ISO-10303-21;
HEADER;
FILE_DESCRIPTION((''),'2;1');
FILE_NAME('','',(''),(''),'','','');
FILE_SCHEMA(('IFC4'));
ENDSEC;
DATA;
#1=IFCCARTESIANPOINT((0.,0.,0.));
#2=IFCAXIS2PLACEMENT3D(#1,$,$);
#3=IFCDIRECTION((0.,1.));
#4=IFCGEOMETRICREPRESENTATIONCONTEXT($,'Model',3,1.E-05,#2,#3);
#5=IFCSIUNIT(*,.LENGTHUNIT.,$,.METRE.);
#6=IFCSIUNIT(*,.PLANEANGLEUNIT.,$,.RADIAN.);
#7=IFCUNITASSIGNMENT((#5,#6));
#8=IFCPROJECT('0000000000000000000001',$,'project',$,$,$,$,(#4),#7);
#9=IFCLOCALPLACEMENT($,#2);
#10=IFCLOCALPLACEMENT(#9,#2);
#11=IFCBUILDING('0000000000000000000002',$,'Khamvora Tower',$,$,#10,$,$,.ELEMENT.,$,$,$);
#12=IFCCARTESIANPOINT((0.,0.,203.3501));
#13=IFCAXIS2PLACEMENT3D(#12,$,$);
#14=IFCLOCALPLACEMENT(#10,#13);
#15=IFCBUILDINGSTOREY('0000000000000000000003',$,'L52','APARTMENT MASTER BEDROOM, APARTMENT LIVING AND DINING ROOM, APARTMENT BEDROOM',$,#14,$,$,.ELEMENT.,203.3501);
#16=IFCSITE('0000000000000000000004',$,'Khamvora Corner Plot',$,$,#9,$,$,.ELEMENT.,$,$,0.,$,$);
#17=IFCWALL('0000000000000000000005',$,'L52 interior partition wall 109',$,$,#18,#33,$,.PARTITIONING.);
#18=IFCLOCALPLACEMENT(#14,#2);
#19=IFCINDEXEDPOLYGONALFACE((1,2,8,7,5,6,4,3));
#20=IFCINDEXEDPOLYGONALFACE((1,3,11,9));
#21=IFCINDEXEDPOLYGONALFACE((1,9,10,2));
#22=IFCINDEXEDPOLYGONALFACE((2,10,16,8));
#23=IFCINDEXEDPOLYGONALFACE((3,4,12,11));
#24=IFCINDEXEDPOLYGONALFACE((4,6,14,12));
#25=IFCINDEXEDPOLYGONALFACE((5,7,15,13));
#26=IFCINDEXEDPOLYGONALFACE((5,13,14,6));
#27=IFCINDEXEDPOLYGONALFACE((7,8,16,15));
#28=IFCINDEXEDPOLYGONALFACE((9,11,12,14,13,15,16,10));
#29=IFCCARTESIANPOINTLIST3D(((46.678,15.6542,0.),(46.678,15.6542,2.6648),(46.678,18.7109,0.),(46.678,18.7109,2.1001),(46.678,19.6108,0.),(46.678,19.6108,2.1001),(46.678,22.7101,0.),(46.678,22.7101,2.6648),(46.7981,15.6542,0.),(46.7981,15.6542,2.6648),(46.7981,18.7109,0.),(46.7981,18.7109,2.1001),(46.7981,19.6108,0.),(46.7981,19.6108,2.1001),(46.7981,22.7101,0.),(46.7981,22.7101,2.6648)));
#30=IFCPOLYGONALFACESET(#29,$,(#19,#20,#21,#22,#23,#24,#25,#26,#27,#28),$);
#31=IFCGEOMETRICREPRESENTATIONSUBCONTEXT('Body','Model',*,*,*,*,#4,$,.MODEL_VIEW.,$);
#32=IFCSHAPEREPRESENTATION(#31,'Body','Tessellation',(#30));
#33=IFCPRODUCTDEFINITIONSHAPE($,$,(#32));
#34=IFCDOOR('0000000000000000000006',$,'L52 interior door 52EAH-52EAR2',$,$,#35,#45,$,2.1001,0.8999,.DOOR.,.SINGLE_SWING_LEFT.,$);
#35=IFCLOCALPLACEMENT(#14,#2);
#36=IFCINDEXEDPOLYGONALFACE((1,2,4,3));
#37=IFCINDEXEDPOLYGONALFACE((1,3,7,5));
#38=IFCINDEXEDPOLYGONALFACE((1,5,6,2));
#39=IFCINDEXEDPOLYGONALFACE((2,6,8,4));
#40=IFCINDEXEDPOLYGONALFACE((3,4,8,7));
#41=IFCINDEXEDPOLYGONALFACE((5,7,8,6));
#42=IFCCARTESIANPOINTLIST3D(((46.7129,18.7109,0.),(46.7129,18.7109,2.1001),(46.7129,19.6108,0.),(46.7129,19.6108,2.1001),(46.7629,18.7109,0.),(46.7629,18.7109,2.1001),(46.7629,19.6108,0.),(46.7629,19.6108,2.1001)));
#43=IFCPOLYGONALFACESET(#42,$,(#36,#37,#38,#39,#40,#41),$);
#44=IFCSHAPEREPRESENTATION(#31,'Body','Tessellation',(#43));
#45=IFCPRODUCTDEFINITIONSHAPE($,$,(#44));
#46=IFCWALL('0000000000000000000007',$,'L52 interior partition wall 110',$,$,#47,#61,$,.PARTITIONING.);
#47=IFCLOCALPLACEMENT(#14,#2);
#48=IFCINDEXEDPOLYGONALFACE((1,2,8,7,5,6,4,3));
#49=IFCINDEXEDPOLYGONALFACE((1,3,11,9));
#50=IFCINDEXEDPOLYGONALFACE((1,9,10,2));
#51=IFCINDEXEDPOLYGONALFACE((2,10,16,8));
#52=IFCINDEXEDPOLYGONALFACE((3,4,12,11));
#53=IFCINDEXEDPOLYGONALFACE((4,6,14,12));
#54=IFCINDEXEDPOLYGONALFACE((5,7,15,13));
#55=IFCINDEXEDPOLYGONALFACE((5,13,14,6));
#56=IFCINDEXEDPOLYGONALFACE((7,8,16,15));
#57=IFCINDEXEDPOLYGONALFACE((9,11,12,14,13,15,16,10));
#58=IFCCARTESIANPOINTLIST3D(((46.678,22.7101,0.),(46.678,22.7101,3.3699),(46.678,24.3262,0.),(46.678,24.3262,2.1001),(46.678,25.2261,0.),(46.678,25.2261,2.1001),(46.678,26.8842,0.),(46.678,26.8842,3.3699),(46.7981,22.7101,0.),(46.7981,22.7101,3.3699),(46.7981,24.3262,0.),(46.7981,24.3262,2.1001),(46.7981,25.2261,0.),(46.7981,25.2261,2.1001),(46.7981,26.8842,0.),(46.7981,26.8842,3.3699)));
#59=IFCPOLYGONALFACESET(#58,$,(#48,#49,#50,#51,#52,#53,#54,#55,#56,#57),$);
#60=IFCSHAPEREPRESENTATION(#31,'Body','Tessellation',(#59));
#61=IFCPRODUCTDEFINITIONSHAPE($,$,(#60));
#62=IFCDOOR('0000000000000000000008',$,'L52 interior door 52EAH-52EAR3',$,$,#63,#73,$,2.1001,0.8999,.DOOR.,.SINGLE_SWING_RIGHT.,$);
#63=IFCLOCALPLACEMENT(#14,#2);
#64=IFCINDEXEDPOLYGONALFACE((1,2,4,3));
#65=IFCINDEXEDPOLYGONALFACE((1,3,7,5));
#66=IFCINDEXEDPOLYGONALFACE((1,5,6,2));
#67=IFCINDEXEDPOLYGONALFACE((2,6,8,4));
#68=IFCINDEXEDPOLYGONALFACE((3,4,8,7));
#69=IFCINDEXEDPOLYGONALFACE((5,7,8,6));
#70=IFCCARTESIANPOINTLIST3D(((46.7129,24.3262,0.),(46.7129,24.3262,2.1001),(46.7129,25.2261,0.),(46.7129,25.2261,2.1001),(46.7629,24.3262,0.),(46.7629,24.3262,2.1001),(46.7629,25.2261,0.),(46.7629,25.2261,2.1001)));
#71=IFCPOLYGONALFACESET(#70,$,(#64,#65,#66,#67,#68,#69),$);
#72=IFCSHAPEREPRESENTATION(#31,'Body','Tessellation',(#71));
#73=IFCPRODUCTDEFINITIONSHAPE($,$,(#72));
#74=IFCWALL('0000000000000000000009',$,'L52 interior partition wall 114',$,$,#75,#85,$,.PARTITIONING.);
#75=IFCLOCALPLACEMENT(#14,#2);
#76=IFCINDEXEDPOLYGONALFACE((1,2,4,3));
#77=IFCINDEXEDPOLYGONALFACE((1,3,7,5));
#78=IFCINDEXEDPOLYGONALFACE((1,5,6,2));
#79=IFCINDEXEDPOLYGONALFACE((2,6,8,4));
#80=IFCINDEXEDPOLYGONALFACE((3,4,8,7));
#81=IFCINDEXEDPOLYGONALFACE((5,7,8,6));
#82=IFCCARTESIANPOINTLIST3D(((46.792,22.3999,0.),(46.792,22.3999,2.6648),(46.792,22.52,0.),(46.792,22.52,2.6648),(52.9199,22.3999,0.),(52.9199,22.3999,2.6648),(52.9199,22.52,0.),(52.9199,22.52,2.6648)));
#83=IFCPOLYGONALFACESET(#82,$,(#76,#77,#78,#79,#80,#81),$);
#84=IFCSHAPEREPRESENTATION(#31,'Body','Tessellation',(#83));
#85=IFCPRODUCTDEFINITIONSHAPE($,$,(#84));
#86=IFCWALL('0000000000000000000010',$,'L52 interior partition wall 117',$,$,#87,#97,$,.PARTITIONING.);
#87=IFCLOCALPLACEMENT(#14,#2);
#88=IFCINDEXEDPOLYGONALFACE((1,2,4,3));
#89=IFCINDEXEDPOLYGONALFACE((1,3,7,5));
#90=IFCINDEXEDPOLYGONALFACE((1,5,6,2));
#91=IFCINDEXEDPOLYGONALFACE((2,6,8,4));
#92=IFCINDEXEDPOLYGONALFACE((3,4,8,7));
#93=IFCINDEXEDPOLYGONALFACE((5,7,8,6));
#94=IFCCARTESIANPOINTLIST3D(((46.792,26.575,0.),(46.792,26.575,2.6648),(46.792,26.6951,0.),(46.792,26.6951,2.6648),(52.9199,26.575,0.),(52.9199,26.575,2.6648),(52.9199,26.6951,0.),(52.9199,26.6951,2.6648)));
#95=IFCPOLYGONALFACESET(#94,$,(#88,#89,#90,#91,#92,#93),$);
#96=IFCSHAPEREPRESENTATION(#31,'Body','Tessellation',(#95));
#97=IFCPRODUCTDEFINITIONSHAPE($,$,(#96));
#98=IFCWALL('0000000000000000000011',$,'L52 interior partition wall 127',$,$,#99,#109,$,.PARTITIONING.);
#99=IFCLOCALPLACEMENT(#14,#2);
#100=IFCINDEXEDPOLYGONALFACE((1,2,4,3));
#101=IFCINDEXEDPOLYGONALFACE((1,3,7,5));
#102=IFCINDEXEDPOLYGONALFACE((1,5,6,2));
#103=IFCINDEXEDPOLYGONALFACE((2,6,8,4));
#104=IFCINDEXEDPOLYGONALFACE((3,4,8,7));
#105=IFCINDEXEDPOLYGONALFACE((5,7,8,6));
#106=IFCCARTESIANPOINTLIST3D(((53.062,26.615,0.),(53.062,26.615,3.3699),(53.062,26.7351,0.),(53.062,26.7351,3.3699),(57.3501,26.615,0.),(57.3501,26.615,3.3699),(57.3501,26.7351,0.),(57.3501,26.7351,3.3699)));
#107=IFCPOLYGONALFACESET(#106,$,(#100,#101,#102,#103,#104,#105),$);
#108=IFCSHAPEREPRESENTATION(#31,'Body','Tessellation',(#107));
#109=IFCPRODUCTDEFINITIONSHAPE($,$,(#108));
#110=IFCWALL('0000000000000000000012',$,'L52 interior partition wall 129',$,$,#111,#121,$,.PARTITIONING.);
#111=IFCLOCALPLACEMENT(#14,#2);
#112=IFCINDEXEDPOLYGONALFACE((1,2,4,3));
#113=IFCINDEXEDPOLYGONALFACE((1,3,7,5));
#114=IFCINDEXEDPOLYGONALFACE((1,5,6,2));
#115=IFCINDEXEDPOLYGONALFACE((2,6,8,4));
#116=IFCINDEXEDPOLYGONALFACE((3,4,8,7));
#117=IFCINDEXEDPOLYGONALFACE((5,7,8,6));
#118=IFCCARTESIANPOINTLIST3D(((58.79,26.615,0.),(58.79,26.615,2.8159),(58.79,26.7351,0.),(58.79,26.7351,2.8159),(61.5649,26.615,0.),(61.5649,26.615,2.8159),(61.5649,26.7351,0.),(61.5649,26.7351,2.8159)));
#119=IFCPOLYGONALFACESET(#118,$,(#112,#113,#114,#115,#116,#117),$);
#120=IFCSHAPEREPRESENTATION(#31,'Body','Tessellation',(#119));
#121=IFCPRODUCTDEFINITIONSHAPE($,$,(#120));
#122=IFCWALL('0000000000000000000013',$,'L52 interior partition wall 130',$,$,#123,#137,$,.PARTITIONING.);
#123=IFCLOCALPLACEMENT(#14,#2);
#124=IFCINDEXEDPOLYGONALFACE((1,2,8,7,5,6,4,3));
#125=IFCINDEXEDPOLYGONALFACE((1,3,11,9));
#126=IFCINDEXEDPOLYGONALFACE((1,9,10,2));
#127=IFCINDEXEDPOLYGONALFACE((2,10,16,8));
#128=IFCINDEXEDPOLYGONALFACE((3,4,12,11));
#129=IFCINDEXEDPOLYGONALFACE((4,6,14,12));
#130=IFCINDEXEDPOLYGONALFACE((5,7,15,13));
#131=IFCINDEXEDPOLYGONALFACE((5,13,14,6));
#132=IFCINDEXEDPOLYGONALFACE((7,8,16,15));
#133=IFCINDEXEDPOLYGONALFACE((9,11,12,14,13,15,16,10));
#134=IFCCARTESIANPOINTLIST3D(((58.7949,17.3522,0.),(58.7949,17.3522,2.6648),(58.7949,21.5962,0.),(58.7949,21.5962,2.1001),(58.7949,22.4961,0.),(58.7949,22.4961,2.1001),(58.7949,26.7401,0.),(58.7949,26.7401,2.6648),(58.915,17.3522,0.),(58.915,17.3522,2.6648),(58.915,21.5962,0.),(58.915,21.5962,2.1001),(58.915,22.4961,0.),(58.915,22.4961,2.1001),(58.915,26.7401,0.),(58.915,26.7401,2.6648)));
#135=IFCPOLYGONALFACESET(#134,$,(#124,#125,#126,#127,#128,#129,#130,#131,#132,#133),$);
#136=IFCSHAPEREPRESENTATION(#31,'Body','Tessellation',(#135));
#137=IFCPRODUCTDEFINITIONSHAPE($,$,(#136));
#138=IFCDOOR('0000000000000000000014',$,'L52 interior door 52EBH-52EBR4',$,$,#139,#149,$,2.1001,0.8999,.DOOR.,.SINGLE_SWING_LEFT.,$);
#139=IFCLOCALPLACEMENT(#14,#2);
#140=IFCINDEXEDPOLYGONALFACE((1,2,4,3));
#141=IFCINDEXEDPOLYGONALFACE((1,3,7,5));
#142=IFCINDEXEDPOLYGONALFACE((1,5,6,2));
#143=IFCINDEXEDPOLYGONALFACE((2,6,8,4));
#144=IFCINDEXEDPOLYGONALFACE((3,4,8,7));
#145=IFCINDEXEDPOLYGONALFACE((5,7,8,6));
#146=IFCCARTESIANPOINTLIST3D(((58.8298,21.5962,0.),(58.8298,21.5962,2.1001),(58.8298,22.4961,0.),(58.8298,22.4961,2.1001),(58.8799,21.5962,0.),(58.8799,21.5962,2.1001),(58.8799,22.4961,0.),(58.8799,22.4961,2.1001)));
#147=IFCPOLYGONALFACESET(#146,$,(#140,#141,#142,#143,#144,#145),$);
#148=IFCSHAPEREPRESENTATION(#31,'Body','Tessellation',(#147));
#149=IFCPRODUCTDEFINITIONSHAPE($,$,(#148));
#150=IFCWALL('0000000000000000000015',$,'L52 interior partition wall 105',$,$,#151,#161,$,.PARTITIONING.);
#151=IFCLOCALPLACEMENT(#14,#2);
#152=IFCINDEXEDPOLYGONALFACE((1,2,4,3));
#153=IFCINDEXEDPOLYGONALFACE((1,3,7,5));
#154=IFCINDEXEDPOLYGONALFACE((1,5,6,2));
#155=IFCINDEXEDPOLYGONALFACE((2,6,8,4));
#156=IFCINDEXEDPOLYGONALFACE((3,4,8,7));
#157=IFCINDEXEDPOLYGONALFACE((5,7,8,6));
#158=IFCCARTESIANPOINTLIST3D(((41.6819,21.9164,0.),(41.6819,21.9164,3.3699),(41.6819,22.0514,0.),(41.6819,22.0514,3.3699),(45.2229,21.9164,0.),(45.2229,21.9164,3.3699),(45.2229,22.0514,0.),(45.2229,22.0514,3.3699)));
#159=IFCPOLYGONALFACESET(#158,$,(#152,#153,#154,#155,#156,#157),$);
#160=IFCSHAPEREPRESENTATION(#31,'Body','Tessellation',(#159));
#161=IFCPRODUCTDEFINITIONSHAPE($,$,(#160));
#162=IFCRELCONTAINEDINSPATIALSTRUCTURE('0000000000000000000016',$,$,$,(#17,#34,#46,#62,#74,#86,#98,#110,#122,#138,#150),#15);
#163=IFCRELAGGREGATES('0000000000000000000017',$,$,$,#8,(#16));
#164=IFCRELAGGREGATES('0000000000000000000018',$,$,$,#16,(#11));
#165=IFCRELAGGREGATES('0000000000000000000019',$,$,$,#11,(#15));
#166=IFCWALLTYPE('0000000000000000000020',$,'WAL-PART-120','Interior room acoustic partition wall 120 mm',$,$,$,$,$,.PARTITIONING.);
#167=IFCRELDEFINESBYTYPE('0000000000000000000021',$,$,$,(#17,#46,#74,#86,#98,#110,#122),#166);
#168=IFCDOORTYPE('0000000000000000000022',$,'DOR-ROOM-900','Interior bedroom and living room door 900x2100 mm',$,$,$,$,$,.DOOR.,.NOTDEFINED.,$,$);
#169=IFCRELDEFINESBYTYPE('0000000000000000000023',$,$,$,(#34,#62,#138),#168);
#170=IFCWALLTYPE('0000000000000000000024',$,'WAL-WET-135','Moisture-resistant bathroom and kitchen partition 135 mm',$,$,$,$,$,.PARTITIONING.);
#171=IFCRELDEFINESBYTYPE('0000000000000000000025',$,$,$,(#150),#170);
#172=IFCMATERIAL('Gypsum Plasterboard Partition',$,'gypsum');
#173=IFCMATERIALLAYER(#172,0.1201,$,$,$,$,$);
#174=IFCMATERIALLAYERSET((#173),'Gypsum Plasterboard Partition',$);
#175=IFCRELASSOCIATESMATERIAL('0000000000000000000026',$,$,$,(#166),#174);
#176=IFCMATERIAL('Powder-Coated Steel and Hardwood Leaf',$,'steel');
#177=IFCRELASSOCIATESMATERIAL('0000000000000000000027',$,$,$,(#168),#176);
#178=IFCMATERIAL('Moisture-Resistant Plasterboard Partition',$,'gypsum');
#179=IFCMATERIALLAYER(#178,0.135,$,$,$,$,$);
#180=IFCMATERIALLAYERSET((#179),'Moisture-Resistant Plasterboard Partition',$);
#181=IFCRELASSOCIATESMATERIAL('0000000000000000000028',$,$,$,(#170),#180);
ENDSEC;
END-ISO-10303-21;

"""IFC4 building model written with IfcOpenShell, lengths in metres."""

from ifc_helpers import new_model, si_unit, direction, frame, frame_2d, origin, place, context, subcontext, project, spatial, rectangle, extrude, material, layer, layer_set, type_object, element, fill, save


model = new_model("IFC4")

# Units and contexts
model_context = context("Model", 3, precision=1e-05, world=origin(), true_north=direction((0.0, 1.0)))
body_context = subcontext(model_context, "Body", "Model", "MODEL_VIEW")
ifc_project = project(units=[si_unit("LENGTHUNIT", "METRE"), si_unit("PLANEANGLEUNIT", "RADIAN")], contexts=[model_context])

# Site, building, storey
site_placement = place(None, origin())
site = spatial("IfcSite", under=ifc_project, at=site_placement, Name="Khamvora Corner Plot", CompositionType="ELEMENT", RefElevation=0.0)
building_placement = place(site_placement, origin())
building = spatial("IfcBuilding", under=site, at=building_placement, Name="Khamvora Tower", CompositionType="ELEMENT")
storey_placement = place(building_placement, frame((0.0, 0.0, 203.3501)))
storey = spatial("IfcBuildingStorey", under=building, at=storey_placement, Name="L52", Description="APARTMENT MASTER BEDROOM, APARTMENT LIVING AND DINING ROOM, APARTMENT BEDROOM", CompositionType="ELEMENT", Elevation=203.3501)

# Walls, openings, doors
ifc_material_1 = material(Name="Gypsum Plasterboard Partition", Category="gypsum")
ifc_layer_1 = layer(ifc_material_1, 0.1201)
ifc_layer_set_1 = layer_set([ifc_layer_1], Name="Gypsum Plasterboard Partition")
wall_type_1 = type_object("IfcWallType", Name="WAL-PART-120", Description="Interior room acoustic partition wall 120 mm", PredefinedType="PARTITIONING", material=ifc_layer_set_1)
wall_1_placement = place(storey_placement, frame((46.738, 22.71, 0.0), z_axis=(0.0, 0.0, 1.0), x_axis=(0.0, -1.0, 0.0)))
wall_1 = element("IfcWall", 1, at=wall_1_placement, inside=storey, type_object=wall_type_1, Name="L52 interior partition wall 109", PredefinedType="PARTITIONING", context=body_context, shape_type="SweptSolid", body=[
    extrude(rectangle(XDim=7.0559, YDim=0.1201, at=frame_2d((3.5278, 0.0))), origin(), (0.0, 0.0, 1.0), 2.6648),
])
opening_1_placement = place(wall_1_placement, frame((3.0991, 0.0, 0.0)))
opening_1 = element("IfcOpeningElement", 2, at=opening_1_placement, cuts=wall_1, PredefinedType="OPENING", context=body_context, shape_type="SweptSolid", body=[
    extrude(rectangle(XDim=0.8999, YDim=2.1001, at=frame_2d((0.45, 1.05))), frame((0.0, 0.0701, 0.0), z_axis=(0.0, -1.0, 0.0), x_axis=(1.0, 0.0, 0.0)), (0.0, 0.0, 1.0), 0.1401),
])
ifc_material_2 = material(Name="Powder-Coated Steel and Hardwood Leaf", Category="steel")
door_type_1 = type_object("IfcDoorType", Name="DOR-ROOM-900", Description="Interior bedroom and living room door 900x2100 mm", OperationType="NOTDEFINED", PredefinedType="DOOR", material=ifc_material_2)
door_1_placement = place(opening_1_placement, origin())
door_1 = element("IfcDoor", 3, at=door_1_placement, inside=storey, type_object=door_type_1, Name="L52 interior door 52EAH-52EAR2", OperationType="SINGLE_SWING_LEFT", OverallHeight=2.1001, OverallWidth=0.8999, PredefinedType="DOOR", context=body_context, shape_type="SweptSolid", body=[
    extrude(rectangle(XDim=0.8999, YDim=2.1001, at=frame_2d((0.45, 1.05))), frame((0.0, 0.0249, 0.0), z_axis=(0.0, -1.0, 0.0), x_axis=(1.0, 0.0, 0.0)), (0.0, 0.0, 1.0), 0.05),
])
fill(opening_1, door_1)
wall_2_placement = place(storey_placement, frame((46.738, 26.884, 0.0), z_axis=(0.0, 0.0, 1.0), x_axis=(0.0, -1.0, 0.0)))
wall_2 = element("IfcWall", 4, at=wall_2_placement, inside=storey, type_object=wall_type_1, Name="L52 interior partition wall 110", PredefinedType="PARTITIONING", context=body_context, shape_type="SweptSolid", body=[
    extrude(rectangle(XDim=4.1741, YDim=0.1201, at=frame_2d((2.0869, 0.0))), origin(), (0.0, 0.0, 1.0), 3.3699),
])
opening_2_placement = place(wall_2_placement, frame((1.658, 0.0, 0.0)))
opening_2 = element("IfcOpeningElement", 5, at=opening_2_placement, cuts=wall_2, PredefinedType="OPENING", context=body_context, shape_type="SweptSolid", body=[
    extrude(rectangle(XDim=0.8999, YDim=2.1001, at=frame_2d((0.45, 1.05))), frame((0.0, 0.0701, 0.0), z_axis=(0.0, -1.0, 0.0), x_axis=(1.0, 0.0, 0.0)), (0.0, 0.0, 1.0), 0.1401),
])
door_2_placement = place(opening_2_placement, origin())
door_2 = element("IfcDoor", 6, at=door_2_placement, inside=storey, type_object=door_type_1, Name="L52 interior door 52EAH-52EAR3", OperationType="SINGLE_SWING_RIGHT", OverallHeight=2.1001, OverallWidth=0.8999, PredefinedType="DOOR", context=body_context, shape_type="SweptSolid", body=[
    extrude(rectangle(XDim=0.8999, YDim=2.1001, at=frame_2d((0.45, 1.05))), frame((0.0, 0.0249, 0.0), z_axis=(0.0, -1.0, 0.0), x_axis=(1.0, 0.0, 0.0)), (0.0, 0.0, 1.0), 0.05),
])
fill(opening_2, door_2)

# Walls
for number, where, z_axis, x_axis, name in (
    (7, (46.792, 22.46, 0.0), (0.0, 0.0, 1.0), (1.0, 0.0, 0.0), "L52 interior partition wall 114"),
    (8, (46.792, 26.635, 0.0), (0.0, 0.0, 1.0), (1.0, 0.0, 0.0), "L52 interior partition wall 117"),
):
    element("IfcWall", number, at=place(storey_placement, frame(where, z_axis=z_axis, x_axis=x_axis)), inside=storey, type_object=wall_type_1, Name=name, PredefinedType="PARTITIONING", context=body_context, shape_type="SweptSolid", body=[
        extrude(rectangle(XDim=6.1279, YDim=0.1201, at=frame_2d((3.064, 0.0))), origin(), (0.0, 0.0, 1.0), 2.6648),
    ])
wall_3_placement = place(storey_placement, frame((57.3501, 26.675, 0.0), z_axis=(0.0, 0.0, 1.0), x_axis=(-1.0, 0.0, 0.0)))
element("IfcWall", 9, at=wall_3_placement, inside=storey, type_object=wall_type_1, Name="L52 interior partition wall 127", PredefinedType="PARTITIONING", context=body_context, shape_type="SweptSolid", body=[
    extrude(rectangle(XDim=4.2881, YDim=0.1201, at=frame_2d((2.144, 0.0))), origin(), (0.0, 0.0, 1.0), 3.3699),
])
wall_4_placement = place(storey_placement, frame((61.5649, 26.675, 0.0), z_axis=(0.0, 0.0, 1.0), x_axis=(-1.0, 0.0, 0.0)))
element("IfcWall", 10, at=wall_4_placement, inside=storey, type_object=wall_type_1, Name="L52 interior partition wall 129", PredefinedType="PARTITIONING", context=body_context, shape_type="SweptSolid", body=[
    extrude(rectangle(XDim=2.7749, YDim=0.1201, at=frame_2d((1.3875, 0.0))), origin(), (0.0, 0.0, 1.0), 2.8159),
])

# Wall, opening, door
wall_5_placement = place(storey_placement, frame((58.855, 26.74, 0.0), z_axis=(0.0, 0.0, 1.0), x_axis=(0.0, -1.0, 0.0)))
wall_5 = element("IfcWall", 11, at=wall_5_placement, inside=storey, type_object=wall_type_1, Name="L52 interior partition wall 130", PredefinedType="PARTITIONING", context=body_context, shape_type="SweptSolid", body=[
    extrude(rectangle(XDim=9.3879, YDim=0.1201, at=frame_2d((4.6938, 0.0))), origin(), (0.0, 0.0, 1.0), 2.6648),
])
opening_3_placement = place(wall_5_placement, frame((4.2439, 0.0, 0.0)))
opening_3 = element("IfcOpeningElement", 12, at=opening_3_placement, cuts=wall_5, PredefinedType="OPENING", context=body_context, shape_type="SweptSolid", body=[
    extrude(rectangle(XDim=0.8999, YDim=2.1001, at=frame_2d((0.45, 1.05))), frame((0.0, 0.0701, 0.0), z_axis=(0.0, -1.0, 0.0), x_axis=(1.0, 0.0, 0.0)), (0.0, 0.0, 1.0), 0.1401),
])
door_3_placement = place(opening_3_placement, origin())
door_3 = element("IfcDoor", 13, at=door_3_placement, inside=storey, type_object=door_type_1, Name="L52 interior door 52EBH-52EBR4", OperationType="SINGLE_SWING_LEFT", OverallHeight=2.1001, OverallWidth=0.8999, PredefinedType="DOOR", context=body_context, shape_type="SweptSolid", body=[
    extrude(rectangle(XDim=0.8999, YDim=2.1001, at=frame_2d((0.45, 1.05))), frame((0.0, 0.0249, 0.0), z_axis=(0.0, -1.0, 0.0), x_axis=(1.0, 0.0, 0.0)), (0.0, 0.0, 1.0), 0.05),
])
fill(opening_3, door_3)

# Wall
ifc_material_3 = material(Name="Moisture-Resistant Plasterboard Partition", Category="gypsum")
ifc_layer_2 = layer(ifc_material_3, 0.135)
ifc_layer_set_2 = layer_set([ifc_layer_2], Name="Moisture-Resistant Plasterboard Partition")
wall_type_2 = type_object("IfcWallType", Name="WAL-WET-135", Description="Moisture-resistant bathroom and kitchen partition 135 mm", PredefinedType="PARTITIONING", material=ifc_layer_set_2)
wall_6_placement = place(storey_placement, frame((45.2229, 21.9839, 0.0), z_axis=(0.0, 0.0, 1.0), x_axis=(-1.0, 0.0, 0.0)))
element("IfcWall", 14, at=wall_6_placement, inside=storey, type_object=wall_type_2, Name="L52 interior partition wall 105", PredefinedType="PARTITIONING", context=body_context, shape_type="SweptSolid", body=[
    extrude(rectangle(XDim=3.541, YDim=0.135, at=frame_2d((1.7705, 0.0))), origin(), (0.0, 0.0, 1.0), 3.3699),
])

save(model, "model.ifc")
